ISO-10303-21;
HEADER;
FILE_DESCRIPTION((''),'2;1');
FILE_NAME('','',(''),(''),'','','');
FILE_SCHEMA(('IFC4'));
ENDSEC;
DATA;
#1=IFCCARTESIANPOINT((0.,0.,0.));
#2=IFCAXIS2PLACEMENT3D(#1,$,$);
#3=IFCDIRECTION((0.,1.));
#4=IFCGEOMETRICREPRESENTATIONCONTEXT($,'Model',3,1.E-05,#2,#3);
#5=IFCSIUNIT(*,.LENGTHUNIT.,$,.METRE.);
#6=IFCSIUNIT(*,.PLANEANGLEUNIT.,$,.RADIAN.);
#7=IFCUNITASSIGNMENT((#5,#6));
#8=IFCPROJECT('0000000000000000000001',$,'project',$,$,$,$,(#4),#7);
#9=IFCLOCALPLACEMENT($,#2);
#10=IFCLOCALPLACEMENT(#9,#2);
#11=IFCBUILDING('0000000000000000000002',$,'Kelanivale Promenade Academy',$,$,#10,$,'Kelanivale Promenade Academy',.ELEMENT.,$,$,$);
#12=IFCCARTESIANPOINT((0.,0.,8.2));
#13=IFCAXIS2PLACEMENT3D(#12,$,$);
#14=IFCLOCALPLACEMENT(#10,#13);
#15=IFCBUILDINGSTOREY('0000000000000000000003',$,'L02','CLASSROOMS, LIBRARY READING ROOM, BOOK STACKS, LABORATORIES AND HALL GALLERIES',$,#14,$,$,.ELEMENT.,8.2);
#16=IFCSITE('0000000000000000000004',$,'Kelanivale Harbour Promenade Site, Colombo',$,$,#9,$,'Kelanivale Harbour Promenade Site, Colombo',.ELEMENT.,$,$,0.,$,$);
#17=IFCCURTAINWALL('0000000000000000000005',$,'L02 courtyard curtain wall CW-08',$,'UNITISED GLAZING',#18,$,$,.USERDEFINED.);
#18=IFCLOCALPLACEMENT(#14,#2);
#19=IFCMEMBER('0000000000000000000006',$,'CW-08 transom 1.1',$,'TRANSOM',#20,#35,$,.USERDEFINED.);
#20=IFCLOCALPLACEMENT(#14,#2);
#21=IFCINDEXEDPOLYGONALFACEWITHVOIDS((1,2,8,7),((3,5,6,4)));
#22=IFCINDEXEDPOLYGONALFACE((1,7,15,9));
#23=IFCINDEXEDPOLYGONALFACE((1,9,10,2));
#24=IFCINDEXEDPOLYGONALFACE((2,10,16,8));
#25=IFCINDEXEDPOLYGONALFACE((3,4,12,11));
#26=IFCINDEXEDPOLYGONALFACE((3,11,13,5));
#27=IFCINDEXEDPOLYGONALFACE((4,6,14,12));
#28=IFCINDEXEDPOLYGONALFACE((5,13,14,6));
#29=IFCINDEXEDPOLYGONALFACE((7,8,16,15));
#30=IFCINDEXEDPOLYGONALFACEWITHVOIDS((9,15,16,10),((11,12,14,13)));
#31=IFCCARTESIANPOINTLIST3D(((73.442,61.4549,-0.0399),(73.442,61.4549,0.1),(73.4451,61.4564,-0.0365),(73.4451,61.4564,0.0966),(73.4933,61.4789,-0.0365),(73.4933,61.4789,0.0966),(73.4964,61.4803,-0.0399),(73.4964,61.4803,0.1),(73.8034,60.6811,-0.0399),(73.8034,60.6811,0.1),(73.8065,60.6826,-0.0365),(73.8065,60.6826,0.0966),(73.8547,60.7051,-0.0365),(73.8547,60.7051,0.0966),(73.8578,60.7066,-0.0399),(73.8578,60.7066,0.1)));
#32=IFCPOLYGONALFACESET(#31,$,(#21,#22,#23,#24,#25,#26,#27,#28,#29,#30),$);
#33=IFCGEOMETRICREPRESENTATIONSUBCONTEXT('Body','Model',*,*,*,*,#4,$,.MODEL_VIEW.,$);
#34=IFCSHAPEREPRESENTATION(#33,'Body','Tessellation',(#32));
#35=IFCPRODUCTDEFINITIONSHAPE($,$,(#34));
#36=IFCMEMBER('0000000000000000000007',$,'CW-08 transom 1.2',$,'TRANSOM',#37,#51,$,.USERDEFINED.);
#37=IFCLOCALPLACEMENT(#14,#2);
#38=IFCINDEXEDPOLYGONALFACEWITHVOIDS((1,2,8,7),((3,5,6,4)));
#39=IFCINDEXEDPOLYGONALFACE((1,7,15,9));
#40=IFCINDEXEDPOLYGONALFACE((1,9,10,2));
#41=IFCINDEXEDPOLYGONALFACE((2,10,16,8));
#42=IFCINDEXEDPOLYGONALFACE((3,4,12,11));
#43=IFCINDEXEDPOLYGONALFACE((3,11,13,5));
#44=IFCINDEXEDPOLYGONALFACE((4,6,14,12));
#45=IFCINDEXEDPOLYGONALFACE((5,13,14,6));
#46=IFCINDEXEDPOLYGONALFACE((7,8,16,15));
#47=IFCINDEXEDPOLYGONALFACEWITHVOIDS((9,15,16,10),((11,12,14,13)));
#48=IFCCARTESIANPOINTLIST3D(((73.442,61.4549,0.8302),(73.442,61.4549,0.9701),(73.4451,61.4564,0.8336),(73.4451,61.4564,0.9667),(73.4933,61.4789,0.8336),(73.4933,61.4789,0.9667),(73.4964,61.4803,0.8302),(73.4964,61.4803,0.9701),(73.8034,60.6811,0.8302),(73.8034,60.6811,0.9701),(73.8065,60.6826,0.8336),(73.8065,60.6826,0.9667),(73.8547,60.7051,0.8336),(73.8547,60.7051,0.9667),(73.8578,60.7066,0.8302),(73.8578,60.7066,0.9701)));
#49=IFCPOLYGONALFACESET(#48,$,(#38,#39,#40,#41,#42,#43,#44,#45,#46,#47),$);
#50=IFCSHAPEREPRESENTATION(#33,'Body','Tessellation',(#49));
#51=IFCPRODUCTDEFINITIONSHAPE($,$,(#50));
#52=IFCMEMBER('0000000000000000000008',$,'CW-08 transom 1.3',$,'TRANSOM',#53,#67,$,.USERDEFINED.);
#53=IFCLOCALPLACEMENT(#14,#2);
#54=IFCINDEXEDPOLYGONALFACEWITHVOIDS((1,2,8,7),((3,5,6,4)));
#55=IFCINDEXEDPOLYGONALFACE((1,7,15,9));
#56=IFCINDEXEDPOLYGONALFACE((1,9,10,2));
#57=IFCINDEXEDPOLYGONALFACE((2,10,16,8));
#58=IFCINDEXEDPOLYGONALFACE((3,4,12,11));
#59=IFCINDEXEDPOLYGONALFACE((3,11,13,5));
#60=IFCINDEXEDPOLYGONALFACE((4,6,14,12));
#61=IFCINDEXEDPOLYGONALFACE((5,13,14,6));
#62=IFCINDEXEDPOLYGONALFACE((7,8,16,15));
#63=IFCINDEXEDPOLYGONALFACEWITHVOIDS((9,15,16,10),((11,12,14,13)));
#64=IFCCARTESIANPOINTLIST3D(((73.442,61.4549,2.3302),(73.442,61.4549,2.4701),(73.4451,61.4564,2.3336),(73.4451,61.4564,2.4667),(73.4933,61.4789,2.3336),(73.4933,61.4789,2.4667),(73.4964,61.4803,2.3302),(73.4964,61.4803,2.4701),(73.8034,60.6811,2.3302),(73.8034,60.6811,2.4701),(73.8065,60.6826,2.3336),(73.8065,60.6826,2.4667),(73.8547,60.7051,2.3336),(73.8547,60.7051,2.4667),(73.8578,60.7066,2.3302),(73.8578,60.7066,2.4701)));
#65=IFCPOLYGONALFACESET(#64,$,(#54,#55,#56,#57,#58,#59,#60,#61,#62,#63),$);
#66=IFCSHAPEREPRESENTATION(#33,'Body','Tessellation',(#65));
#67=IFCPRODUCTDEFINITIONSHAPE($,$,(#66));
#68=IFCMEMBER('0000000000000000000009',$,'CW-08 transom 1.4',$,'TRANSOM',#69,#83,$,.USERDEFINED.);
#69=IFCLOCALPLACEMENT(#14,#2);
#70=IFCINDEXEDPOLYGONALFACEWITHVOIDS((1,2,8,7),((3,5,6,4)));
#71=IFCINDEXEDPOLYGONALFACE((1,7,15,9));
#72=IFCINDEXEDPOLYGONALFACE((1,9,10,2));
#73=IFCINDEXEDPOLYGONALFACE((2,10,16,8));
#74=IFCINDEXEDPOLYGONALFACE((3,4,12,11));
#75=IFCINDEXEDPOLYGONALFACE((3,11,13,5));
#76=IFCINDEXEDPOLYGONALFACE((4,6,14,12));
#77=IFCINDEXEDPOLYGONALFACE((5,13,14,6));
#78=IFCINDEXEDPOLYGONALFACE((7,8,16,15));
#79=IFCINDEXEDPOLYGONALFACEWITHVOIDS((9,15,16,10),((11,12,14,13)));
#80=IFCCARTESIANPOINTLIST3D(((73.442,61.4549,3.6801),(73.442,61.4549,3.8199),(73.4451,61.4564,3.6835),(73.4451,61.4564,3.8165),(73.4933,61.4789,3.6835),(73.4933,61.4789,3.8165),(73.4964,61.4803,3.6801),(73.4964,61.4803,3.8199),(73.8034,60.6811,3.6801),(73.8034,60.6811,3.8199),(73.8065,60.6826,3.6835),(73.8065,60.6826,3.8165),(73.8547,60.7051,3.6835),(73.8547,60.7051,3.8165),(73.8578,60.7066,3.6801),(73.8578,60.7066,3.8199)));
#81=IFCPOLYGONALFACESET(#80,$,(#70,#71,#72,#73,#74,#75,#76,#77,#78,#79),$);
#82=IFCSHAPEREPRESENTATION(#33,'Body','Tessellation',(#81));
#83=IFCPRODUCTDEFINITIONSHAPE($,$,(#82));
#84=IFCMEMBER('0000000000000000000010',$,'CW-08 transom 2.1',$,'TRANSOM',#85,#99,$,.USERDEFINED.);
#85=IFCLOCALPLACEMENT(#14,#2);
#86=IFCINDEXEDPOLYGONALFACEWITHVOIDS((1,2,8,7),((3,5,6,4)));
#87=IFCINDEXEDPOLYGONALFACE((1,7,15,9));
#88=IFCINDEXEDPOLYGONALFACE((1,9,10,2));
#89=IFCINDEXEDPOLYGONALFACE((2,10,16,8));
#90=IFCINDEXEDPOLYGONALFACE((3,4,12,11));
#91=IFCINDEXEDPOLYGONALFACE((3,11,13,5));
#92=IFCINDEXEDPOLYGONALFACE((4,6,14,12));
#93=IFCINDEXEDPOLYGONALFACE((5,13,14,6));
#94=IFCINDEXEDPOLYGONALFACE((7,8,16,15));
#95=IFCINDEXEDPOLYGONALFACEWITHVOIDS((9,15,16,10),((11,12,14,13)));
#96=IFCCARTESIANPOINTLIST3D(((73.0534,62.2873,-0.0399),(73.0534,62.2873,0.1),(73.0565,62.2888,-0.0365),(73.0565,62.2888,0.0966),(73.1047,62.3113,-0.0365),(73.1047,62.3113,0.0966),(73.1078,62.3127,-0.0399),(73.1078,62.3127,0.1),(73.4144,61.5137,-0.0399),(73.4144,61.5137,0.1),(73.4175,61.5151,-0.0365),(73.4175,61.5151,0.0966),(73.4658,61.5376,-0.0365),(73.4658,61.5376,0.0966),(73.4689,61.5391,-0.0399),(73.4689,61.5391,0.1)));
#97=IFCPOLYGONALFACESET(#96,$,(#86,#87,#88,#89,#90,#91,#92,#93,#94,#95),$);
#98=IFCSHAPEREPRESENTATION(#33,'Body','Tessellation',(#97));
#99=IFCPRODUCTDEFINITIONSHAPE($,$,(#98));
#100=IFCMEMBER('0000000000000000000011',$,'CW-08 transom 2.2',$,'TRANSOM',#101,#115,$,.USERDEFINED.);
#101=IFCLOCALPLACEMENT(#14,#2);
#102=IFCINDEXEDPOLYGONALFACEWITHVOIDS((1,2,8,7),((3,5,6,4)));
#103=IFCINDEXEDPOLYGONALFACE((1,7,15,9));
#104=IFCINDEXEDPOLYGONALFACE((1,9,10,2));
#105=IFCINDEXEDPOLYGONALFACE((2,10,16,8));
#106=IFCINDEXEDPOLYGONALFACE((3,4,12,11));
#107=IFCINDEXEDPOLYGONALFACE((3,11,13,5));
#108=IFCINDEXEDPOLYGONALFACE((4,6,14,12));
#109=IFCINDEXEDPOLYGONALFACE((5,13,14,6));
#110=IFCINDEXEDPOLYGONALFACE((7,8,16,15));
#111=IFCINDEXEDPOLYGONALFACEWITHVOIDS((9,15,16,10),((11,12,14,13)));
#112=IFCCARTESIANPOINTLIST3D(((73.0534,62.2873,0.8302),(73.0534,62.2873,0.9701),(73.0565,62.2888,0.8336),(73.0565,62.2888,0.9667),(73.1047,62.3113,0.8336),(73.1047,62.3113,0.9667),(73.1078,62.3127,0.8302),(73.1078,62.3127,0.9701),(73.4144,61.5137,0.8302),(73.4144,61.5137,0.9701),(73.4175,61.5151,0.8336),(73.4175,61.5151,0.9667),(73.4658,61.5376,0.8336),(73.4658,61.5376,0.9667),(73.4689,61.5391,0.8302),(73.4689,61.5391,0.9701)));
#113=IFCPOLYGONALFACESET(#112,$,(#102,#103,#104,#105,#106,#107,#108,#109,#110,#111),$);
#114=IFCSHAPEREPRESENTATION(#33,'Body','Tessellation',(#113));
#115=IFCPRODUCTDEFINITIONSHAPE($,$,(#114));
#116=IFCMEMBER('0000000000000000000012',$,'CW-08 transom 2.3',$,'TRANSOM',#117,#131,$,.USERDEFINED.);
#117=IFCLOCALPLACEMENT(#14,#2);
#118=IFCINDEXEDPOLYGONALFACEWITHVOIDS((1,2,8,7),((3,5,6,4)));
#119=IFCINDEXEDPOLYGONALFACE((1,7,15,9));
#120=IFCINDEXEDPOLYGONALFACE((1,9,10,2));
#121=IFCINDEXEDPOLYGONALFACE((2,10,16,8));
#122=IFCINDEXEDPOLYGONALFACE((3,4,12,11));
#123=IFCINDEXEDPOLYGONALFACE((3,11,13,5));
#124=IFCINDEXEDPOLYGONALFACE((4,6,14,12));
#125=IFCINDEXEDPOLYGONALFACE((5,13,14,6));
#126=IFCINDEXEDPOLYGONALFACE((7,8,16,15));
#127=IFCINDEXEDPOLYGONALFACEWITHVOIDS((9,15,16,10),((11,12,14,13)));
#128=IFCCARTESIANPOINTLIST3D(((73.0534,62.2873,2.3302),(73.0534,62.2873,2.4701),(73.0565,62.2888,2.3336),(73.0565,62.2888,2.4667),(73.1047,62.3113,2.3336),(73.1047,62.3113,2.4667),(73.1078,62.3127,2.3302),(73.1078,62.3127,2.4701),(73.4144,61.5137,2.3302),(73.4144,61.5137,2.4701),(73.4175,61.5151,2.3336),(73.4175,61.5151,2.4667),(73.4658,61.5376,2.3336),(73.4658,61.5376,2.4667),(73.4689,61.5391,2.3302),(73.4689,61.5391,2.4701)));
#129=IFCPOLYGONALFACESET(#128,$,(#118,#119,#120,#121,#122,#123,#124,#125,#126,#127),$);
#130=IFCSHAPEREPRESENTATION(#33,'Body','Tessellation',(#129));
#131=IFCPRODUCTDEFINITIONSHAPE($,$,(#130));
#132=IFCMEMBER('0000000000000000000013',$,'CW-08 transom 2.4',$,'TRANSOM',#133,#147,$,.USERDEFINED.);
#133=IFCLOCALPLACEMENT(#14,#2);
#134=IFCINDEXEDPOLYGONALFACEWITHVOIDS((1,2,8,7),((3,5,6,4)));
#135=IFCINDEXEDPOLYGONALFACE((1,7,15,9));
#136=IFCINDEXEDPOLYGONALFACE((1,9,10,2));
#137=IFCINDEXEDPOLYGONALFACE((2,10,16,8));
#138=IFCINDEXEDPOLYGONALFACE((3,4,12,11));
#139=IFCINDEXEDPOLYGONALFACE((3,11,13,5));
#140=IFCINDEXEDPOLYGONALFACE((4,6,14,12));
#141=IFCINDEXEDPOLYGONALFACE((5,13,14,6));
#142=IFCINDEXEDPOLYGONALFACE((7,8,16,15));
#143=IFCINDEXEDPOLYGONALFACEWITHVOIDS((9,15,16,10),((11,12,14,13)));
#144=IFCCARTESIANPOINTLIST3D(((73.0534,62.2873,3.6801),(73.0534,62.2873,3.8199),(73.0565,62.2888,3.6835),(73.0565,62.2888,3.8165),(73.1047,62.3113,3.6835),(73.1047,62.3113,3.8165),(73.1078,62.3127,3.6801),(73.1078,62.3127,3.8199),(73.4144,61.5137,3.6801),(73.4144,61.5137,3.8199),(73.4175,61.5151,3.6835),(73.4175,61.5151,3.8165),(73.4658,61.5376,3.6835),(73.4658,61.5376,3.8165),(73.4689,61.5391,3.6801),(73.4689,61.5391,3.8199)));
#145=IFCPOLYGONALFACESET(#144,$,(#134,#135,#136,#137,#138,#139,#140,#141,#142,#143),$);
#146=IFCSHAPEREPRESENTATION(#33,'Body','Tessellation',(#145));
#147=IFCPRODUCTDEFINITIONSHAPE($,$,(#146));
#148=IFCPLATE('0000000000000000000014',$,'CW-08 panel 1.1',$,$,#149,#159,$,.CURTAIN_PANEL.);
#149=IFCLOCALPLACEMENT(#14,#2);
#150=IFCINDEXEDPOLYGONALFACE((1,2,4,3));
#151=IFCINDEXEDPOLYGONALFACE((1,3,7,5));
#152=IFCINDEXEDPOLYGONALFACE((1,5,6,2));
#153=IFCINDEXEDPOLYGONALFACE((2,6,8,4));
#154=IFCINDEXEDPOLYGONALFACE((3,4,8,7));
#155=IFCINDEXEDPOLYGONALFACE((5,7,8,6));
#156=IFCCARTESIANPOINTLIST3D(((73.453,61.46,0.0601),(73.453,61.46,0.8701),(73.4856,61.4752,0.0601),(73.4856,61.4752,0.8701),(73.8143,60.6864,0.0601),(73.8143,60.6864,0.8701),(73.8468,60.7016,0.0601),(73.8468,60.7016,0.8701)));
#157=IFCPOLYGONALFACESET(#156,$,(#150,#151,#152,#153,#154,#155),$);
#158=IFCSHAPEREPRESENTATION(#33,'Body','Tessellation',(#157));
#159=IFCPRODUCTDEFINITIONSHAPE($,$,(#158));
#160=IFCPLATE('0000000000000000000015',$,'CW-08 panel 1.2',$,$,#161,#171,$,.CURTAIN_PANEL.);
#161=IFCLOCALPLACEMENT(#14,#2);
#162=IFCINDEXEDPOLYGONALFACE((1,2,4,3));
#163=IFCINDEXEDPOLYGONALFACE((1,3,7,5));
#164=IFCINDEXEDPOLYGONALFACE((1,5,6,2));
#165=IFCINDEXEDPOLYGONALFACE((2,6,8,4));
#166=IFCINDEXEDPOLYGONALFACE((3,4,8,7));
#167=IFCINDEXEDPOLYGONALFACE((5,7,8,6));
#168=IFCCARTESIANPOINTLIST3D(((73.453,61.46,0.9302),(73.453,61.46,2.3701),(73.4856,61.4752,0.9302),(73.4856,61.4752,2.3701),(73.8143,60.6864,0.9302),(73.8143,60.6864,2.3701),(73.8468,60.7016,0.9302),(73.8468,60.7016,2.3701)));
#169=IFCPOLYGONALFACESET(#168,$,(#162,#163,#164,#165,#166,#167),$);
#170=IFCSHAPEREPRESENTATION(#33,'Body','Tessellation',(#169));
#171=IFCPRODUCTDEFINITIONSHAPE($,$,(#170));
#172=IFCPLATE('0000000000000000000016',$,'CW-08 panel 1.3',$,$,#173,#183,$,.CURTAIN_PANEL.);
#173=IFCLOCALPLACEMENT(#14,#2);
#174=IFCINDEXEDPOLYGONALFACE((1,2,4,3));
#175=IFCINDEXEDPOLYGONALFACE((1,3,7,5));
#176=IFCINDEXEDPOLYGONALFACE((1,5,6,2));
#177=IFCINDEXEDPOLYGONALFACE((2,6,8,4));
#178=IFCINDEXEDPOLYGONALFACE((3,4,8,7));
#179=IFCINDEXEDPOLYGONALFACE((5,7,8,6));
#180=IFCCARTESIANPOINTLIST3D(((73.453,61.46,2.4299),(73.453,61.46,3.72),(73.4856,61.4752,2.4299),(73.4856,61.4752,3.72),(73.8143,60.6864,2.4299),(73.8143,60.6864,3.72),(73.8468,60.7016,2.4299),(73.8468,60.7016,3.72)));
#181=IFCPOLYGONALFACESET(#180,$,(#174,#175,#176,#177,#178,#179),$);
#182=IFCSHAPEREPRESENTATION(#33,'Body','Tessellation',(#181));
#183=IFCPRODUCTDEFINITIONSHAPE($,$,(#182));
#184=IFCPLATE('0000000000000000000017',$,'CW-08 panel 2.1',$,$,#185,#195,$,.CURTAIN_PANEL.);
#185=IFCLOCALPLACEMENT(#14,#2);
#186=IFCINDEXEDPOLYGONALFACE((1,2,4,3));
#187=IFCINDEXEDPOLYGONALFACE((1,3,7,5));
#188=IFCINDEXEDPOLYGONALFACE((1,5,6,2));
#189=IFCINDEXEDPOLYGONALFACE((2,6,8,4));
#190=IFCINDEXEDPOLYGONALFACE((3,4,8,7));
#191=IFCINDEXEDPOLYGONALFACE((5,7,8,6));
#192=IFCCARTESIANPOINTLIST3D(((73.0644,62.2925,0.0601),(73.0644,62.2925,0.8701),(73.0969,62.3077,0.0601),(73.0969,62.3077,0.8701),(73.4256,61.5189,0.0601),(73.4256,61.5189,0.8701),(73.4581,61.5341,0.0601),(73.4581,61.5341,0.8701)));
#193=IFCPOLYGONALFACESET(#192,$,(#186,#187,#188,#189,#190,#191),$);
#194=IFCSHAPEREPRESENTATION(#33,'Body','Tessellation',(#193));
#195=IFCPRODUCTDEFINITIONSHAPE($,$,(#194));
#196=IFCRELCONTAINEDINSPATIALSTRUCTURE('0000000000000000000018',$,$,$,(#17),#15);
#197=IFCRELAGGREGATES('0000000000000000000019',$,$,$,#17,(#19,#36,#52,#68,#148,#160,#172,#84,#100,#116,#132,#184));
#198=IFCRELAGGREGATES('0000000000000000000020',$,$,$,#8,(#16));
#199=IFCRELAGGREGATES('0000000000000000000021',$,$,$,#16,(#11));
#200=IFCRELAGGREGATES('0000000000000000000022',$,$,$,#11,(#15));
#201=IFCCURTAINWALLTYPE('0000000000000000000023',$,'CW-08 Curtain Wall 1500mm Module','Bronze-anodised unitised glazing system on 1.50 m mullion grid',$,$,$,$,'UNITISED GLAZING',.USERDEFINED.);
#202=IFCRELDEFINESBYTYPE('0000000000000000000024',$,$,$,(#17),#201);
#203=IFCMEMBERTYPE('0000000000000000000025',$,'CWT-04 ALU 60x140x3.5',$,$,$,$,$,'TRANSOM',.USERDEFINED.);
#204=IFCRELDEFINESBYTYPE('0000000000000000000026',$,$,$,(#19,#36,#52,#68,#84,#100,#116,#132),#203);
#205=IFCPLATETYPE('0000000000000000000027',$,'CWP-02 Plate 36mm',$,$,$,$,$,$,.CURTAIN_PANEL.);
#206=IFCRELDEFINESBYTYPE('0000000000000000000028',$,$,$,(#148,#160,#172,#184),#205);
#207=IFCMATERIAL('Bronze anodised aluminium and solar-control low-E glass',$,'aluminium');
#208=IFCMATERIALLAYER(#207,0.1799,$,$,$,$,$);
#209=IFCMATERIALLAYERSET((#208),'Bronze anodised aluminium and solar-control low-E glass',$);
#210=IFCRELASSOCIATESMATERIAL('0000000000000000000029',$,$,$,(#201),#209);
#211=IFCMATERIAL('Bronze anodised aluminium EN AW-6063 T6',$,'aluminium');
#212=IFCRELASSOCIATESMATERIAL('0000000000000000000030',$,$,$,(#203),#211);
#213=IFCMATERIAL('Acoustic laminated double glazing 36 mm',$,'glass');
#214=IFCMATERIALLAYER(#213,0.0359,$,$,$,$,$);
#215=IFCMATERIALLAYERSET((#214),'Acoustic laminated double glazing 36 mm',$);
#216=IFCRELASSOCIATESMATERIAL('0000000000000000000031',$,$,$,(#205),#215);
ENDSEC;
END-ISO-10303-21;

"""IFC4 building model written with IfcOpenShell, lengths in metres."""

from ifc_helpers import new_model, si_unit, direction, frame, origin, origin_2d, place, context, subcontext, project, spatial, rectangle, hollow_rectangle, extrude, material, layer, layer_set, material_profile, profile_set, type_object, element, aggregate, save


model = new_model("IFC4")

# Units and contexts
model_context = context("Model", 3, precision=1e-05, world=origin(), true_north=direction((0.0, 1.0)))
body_context = subcontext(model_context, "Body", "Model", "MODEL_VIEW")
ifc_project = project(units=[si_unit("LENGTHUNIT", "METRE"), si_unit("PLANEANGLEUNIT", "RADIAN")], contexts=[model_context])

# Site, building, storey
site_placement = place(None, origin())
site = spatial("IfcSite", under=ifc_project, at=site_placement, Name="Kelanivale Harbour Promenade Site, Colombo", LongName="Kelanivale Harbour Promenade Site, Colombo", CompositionType="ELEMENT", RefElevation=0.0)
building_placement = place(site_placement, origin())
building = spatial("IfcBuilding", under=site, at=building_placement, Name="Kelanivale Promenade Academy", LongName="Kelanivale Promenade Academy", CompositionType="ELEMENT")
storey_placement = place(building_placement, frame((0.0, 0.0, 8.2)))
storey = spatial("IfcBuildingStorey", under=building, at=storey_placement, Name="L02", Description="CLASSROOMS, LIBRARY READING ROOM, BOOK STACKS, LABORATORIES AND HALL GALLERIES", CompositionType="ELEMENT", Elevation=8.2)

# Shared definitions
ifc_material_1 = material(Name="Bronze anodised aluminium and solar-control low-E glass", Category="aluminium")
ifc_material_2 = material(Name="Bronze anodised aluminium EN AW-6063 T6", Category="aluminium")

# Curtain wall
ifc_layer_1 = layer(ifc_material_1, 0.1799)
ifc_layer_set_1 = layer_set([ifc_layer_1], Name="Bronze anodised aluminium and solar-control low-E glass")
curtain_wall_type_1 = type_object("IfcCurtainWallType", Name="CW-08 Curtain Wall 1500mm Module", Description="Bronze-anodised unitised glazing system on 1.50 m mullion grid", ElementType="UNITISED GLAZING", PredefinedType="USERDEFINED", material=ifc_layer_set_1)
curtain_wall_1_placement = place(storey_placement, origin())
curtain_wall_1 = element("IfcCurtainWall", 1, at=curtain_wall_1_placement, inside=storey, type_object=curtain_wall_type_1, Name="L02 courtyard curtain wall CW-08", ObjectType="UNITISED GLAZING", PredefinedType="USERDEFINED")

# Members
ifc_material_profile_1 = material_profile(ifc_material_2, hollow_rectangle(XDim=0.0601, YDim=0.1399, WallThickness=0.0034, at=origin_2d()), Name="ALU 60x140x3.5")
ifc_profile_set_1 = profile_set([ifc_material_profile_1], Name="Bronze anodised aluminium EN AW-6063 T6")
member_type_1 = type_object("IfcMemberType", Name="CWT-04 ALU 60x140x3.5", ElementType="TRANSOM", PredefinedType="USERDEFINED", material=ifc_profile_set_1)
member_1_placement = place(storey_placement, frame((73.8306, 60.6938, 0.03), z_axis=(-0.423152, 0.906059, 0.0), x_axis=(-0.906059, -0.423152, 0.0)))
member_1 = element("IfcMember", 2, at=member_1_placement, type_object=member_type_1, Name="CW-08 transom 1.1", ObjectType="TRANSOM", PredefinedType="USERDEFINED", context=body_context, shape_type="SweptSolid", body=[
    extrude(hollow_rectangle(XDim=0.0601, YDim=0.1399, WallThickness=0.0034, at=origin_2d()), origin(), (0.0, 0.0, 1.0), 0.854),
])
member_2_placement = place(storey_placement, frame((73.8306, 60.6938, 0.9001), z_axis=(-0.423152, 0.906059, 0.0), x_axis=(-0.906059, -0.423152, 0.0)))
member_2 = element("IfcMember", 3, at=member_2_placement, type_object=member_type_1, Name="CW-08 transom 1.2", ObjectType="TRANSOM", PredefinedType="USERDEFINED", context=body_context, shape_type="SweptSolid", body=[
    extrude(hollow_rectangle(XDim=0.0601, YDim=0.1399, WallThickness=0.0034, at=origin_2d()), origin(), (0.0, 0.0, 1.0), 0.854),
])
member_3_placement = place(storey_placement, frame((73.8306, 60.6938, 2.4001), z_axis=(-0.423152, 0.906059, 0.0), x_axis=(-0.906059, -0.423152, 0.0)))
member_3 = element("IfcMember", 4, at=member_3_placement, type_object=member_type_1, Name="CW-08 transom 1.3", ObjectType="TRANSOM", PredefinedType="USERDEFINED", context=body_context, shape_type="SweptSolid", body=[
    extrude(hollow_rectangle(XDim=0.0601, YDim=0.1399, WallThickness=0.0034, at=origin_2d()), origin(), (0.0, 0.0, 1.0), 0.854),
])
member_4_placement = place(storey_placement, frame((73.8306, 60.6938, 3.75), z_axis=(-0.423152, 0.906059, 0.0), x_axis=(-0.906059, -0.423152, 0.0)))
member_4 = element("IfcMember", 5, at=member_4_placement, type_object=member_type_1, Name="CW-08 transom 1.4", ObjectType="TRANSOM", PredefinedType="USERDEFINED", context=body_context, shape_type="SweptSolid", body=[
    extrude(hollow_rectangle(XDim=0.0601, YDim=0.1399, WallThickness=0.0034, at=origin_2d()), origin(), (0.0, 0.0, 1.0), 0.854),
])
member_5_placement = place(storey_placement, frame((73.4417, 61.5264, 0.03), z_axis=(-0.422917, 0.906169, 0.0), x_axis=(-0.906169, -0.422917, 0.0)))
member_5 = element("IfcMember", 6, at=member_5_placement, type_object=member_type_1, Name="CW-08 transom 2.1", ObjectType="TRANSOM", PredefinedType="USERDEFINED", context=body_context, shape_type="SweptSolid", body=[
    extrude(hollow_rectangle(XDim=0.0601, YDim=0.1399, WallThickness=0.0034, at=origin_2d()), origin(), (0.0, 0.0, 1.0), 0.8538),
])
member_6_placement = place(storey_placement, frame((73.4417, 61.5264, 0.9001), z_axis=(-0.422917, 0.906169, 0.0), x_axis=(-0.906169, -0.422917, 0.0)))
member_6 = element("IfcMember", 7, at=member_6_placement, type_object=member_type_1, Name="CW-08 transom 2.2", ObjectType="TRANSOM", PredefinedType="USERDEFINED", context=body_context, shape_type="SweptSolid", body=[
    extrude(hollow_rectangle(XDim=0.0601, YDim=0.1399, WallThickness=0.0034, at=origin_2d()), origin(), (0.0, 0.0, 1.0), 0.8538),
])
member_7_placement = place(storey_placement, frame((73.4417, 61.5264, 2.4001), z_axis=(-0.422917, 0.906169, 0.0), x_axis=(-0.906169, -0.422917, 0.0)))
member_7 = element("IfcMember", 8, at=member_7_placement, type_object=member_type_1, Name="CW-08 transom 2.3", ObjectType="TRANSOM", PredefinedType="USERDEFINED", context=body_context, shape_type="SweptSolid", body=[
    extrude(hollow_rectangle(XDim=0.0601, YDim=0.1399, WallThickness=0.0034, at=origin_2d()), origin(), (0.0, 0.0, 1.0), 0.8538),
])
member_8_placement = place(storey_placement, frame((73.4417, 61.5264, 3.75), z_axis=(-0.422917, 0.906169, 0.0), x_axis=(-0.906169, -0.422917, 0.0)))
member_8 = element("IfcMember", 9, at=member_8_placement, type_object=member_type_1, Name="CW-08 transom 2.4", ObjectType="TRANSOM", PredefinedType="USERDEFINED", context=body_context, shape_type="SweptSolid", body=[
    extrude(hollow_rectangle(XDim=0.0601, YDim=0.1399, WallThickness=0.0034, at=origin_2d()), origin(), (0.0, 0.0, 1.0), 0.8538),
])

# Plates
ifc_material_3 = material(Name="Acoustic laminated double glazing 36 mm", Category="glass")
ifc_layer_2 = layer(ifc_material_3, 0.0359)
ifc_layer_set_2 = layer_set([ifc_layer_2], Name="Acoustic laminated double glazing 36 mm")
plate_type_1 = type_object("IfcPlateType", Name="CWP-02 Plate 36mm", PredefinedType="CURTAIN_PANEL", material=ifc_layer_set_2)
plate_1_placement = place(storey_placement, frame((73.6499, 61.0808, 0.0601), z_axis=(0.0, 0.0, 1.0), x_axis=(-0.423087, 0.906089, 0.0)))
plate_1 = element("IfcPlate", 10, at=plate_1_placement, type_object=plate_type_1, Name="CW-08 panel 1.1", PredefinedType="CURTAIN_PANEL", context=body_context, shape_type="SweptSolid", body=[
    extrude(rectangle(XDim=0.8538, YDim=0.0359, at=origin_2d()), origin(), (0.0, 0.0, 1.0), 0.8101),
])
plate_2_placement = place(storey_placement, frame((73.6499, 61.0808, 0.9302), z_axis=(0.0, 0.0, 1.0), x_axis=(-0.423087, 0.906089, 0.0)))
plate_2 = element("IfcPlate", 11, at=plate_2_placement, type_object=plate_type_1, Name="CW-08 panel 1.2", PredefinedType="CURTAIN_PANEL", context=body_context, shape_type="SweptSolid", body=[
    extrude(rectangle(XDim=0.8538, YDim=0.0359, at=origin_2d()), origin(), (0.0, 0.0, 1.0), 1.4399),
])
plate_3_placement = place(storey_placement, frame((73.6499, 61.0808, 2.4299), z_axis=(0.0, 0.0, 1.0), x_axis=(-0.423087, 0.906089, 0.0)))
plate_3 = element("IfcPlate", 12, at=plate_3_placement, type_object=plate_type_1, Name="CW-08 panel 1.3", PredefinedType="CURTAIN_PANEL", context=body_context, shape_type="SweptSolid", body=[
    extrude(rectangle(XDim=0.8538, YDim=0.0359, at=origin_2d()), origin(), (0.0, 0.0, 1.0), 1.29),
])
plate_4_placement = place(storey_placement, frame((73.2612, 61.9133, 0.0601), z_axis=(0.0, 0.0, 1.0), x_axis=(-0.423087, 0.906089, 0.0)))
plate_4 = element("IfcPlate", 13, at=plate_4_placement, type_object=plate_type_1, Name="CW-08 panel 2.1", PredefinedType="CURTAIN_PANEL", context=body_context, shape_type="SweptSolid", body=[
    extrude(rectangle(XDim=0.8538, YDim=0.0359, at=origin_2d()), origin(), (0.0, 0.0, 1.0), 0.8101),
])
aggregate(curtain_wall_1, [member_1, member_2, member_3, member_4, plate_1, plate_2, plate_3, member_5, member_6, member_7, member_8, plate_4])

save(model, "model.ifc")
